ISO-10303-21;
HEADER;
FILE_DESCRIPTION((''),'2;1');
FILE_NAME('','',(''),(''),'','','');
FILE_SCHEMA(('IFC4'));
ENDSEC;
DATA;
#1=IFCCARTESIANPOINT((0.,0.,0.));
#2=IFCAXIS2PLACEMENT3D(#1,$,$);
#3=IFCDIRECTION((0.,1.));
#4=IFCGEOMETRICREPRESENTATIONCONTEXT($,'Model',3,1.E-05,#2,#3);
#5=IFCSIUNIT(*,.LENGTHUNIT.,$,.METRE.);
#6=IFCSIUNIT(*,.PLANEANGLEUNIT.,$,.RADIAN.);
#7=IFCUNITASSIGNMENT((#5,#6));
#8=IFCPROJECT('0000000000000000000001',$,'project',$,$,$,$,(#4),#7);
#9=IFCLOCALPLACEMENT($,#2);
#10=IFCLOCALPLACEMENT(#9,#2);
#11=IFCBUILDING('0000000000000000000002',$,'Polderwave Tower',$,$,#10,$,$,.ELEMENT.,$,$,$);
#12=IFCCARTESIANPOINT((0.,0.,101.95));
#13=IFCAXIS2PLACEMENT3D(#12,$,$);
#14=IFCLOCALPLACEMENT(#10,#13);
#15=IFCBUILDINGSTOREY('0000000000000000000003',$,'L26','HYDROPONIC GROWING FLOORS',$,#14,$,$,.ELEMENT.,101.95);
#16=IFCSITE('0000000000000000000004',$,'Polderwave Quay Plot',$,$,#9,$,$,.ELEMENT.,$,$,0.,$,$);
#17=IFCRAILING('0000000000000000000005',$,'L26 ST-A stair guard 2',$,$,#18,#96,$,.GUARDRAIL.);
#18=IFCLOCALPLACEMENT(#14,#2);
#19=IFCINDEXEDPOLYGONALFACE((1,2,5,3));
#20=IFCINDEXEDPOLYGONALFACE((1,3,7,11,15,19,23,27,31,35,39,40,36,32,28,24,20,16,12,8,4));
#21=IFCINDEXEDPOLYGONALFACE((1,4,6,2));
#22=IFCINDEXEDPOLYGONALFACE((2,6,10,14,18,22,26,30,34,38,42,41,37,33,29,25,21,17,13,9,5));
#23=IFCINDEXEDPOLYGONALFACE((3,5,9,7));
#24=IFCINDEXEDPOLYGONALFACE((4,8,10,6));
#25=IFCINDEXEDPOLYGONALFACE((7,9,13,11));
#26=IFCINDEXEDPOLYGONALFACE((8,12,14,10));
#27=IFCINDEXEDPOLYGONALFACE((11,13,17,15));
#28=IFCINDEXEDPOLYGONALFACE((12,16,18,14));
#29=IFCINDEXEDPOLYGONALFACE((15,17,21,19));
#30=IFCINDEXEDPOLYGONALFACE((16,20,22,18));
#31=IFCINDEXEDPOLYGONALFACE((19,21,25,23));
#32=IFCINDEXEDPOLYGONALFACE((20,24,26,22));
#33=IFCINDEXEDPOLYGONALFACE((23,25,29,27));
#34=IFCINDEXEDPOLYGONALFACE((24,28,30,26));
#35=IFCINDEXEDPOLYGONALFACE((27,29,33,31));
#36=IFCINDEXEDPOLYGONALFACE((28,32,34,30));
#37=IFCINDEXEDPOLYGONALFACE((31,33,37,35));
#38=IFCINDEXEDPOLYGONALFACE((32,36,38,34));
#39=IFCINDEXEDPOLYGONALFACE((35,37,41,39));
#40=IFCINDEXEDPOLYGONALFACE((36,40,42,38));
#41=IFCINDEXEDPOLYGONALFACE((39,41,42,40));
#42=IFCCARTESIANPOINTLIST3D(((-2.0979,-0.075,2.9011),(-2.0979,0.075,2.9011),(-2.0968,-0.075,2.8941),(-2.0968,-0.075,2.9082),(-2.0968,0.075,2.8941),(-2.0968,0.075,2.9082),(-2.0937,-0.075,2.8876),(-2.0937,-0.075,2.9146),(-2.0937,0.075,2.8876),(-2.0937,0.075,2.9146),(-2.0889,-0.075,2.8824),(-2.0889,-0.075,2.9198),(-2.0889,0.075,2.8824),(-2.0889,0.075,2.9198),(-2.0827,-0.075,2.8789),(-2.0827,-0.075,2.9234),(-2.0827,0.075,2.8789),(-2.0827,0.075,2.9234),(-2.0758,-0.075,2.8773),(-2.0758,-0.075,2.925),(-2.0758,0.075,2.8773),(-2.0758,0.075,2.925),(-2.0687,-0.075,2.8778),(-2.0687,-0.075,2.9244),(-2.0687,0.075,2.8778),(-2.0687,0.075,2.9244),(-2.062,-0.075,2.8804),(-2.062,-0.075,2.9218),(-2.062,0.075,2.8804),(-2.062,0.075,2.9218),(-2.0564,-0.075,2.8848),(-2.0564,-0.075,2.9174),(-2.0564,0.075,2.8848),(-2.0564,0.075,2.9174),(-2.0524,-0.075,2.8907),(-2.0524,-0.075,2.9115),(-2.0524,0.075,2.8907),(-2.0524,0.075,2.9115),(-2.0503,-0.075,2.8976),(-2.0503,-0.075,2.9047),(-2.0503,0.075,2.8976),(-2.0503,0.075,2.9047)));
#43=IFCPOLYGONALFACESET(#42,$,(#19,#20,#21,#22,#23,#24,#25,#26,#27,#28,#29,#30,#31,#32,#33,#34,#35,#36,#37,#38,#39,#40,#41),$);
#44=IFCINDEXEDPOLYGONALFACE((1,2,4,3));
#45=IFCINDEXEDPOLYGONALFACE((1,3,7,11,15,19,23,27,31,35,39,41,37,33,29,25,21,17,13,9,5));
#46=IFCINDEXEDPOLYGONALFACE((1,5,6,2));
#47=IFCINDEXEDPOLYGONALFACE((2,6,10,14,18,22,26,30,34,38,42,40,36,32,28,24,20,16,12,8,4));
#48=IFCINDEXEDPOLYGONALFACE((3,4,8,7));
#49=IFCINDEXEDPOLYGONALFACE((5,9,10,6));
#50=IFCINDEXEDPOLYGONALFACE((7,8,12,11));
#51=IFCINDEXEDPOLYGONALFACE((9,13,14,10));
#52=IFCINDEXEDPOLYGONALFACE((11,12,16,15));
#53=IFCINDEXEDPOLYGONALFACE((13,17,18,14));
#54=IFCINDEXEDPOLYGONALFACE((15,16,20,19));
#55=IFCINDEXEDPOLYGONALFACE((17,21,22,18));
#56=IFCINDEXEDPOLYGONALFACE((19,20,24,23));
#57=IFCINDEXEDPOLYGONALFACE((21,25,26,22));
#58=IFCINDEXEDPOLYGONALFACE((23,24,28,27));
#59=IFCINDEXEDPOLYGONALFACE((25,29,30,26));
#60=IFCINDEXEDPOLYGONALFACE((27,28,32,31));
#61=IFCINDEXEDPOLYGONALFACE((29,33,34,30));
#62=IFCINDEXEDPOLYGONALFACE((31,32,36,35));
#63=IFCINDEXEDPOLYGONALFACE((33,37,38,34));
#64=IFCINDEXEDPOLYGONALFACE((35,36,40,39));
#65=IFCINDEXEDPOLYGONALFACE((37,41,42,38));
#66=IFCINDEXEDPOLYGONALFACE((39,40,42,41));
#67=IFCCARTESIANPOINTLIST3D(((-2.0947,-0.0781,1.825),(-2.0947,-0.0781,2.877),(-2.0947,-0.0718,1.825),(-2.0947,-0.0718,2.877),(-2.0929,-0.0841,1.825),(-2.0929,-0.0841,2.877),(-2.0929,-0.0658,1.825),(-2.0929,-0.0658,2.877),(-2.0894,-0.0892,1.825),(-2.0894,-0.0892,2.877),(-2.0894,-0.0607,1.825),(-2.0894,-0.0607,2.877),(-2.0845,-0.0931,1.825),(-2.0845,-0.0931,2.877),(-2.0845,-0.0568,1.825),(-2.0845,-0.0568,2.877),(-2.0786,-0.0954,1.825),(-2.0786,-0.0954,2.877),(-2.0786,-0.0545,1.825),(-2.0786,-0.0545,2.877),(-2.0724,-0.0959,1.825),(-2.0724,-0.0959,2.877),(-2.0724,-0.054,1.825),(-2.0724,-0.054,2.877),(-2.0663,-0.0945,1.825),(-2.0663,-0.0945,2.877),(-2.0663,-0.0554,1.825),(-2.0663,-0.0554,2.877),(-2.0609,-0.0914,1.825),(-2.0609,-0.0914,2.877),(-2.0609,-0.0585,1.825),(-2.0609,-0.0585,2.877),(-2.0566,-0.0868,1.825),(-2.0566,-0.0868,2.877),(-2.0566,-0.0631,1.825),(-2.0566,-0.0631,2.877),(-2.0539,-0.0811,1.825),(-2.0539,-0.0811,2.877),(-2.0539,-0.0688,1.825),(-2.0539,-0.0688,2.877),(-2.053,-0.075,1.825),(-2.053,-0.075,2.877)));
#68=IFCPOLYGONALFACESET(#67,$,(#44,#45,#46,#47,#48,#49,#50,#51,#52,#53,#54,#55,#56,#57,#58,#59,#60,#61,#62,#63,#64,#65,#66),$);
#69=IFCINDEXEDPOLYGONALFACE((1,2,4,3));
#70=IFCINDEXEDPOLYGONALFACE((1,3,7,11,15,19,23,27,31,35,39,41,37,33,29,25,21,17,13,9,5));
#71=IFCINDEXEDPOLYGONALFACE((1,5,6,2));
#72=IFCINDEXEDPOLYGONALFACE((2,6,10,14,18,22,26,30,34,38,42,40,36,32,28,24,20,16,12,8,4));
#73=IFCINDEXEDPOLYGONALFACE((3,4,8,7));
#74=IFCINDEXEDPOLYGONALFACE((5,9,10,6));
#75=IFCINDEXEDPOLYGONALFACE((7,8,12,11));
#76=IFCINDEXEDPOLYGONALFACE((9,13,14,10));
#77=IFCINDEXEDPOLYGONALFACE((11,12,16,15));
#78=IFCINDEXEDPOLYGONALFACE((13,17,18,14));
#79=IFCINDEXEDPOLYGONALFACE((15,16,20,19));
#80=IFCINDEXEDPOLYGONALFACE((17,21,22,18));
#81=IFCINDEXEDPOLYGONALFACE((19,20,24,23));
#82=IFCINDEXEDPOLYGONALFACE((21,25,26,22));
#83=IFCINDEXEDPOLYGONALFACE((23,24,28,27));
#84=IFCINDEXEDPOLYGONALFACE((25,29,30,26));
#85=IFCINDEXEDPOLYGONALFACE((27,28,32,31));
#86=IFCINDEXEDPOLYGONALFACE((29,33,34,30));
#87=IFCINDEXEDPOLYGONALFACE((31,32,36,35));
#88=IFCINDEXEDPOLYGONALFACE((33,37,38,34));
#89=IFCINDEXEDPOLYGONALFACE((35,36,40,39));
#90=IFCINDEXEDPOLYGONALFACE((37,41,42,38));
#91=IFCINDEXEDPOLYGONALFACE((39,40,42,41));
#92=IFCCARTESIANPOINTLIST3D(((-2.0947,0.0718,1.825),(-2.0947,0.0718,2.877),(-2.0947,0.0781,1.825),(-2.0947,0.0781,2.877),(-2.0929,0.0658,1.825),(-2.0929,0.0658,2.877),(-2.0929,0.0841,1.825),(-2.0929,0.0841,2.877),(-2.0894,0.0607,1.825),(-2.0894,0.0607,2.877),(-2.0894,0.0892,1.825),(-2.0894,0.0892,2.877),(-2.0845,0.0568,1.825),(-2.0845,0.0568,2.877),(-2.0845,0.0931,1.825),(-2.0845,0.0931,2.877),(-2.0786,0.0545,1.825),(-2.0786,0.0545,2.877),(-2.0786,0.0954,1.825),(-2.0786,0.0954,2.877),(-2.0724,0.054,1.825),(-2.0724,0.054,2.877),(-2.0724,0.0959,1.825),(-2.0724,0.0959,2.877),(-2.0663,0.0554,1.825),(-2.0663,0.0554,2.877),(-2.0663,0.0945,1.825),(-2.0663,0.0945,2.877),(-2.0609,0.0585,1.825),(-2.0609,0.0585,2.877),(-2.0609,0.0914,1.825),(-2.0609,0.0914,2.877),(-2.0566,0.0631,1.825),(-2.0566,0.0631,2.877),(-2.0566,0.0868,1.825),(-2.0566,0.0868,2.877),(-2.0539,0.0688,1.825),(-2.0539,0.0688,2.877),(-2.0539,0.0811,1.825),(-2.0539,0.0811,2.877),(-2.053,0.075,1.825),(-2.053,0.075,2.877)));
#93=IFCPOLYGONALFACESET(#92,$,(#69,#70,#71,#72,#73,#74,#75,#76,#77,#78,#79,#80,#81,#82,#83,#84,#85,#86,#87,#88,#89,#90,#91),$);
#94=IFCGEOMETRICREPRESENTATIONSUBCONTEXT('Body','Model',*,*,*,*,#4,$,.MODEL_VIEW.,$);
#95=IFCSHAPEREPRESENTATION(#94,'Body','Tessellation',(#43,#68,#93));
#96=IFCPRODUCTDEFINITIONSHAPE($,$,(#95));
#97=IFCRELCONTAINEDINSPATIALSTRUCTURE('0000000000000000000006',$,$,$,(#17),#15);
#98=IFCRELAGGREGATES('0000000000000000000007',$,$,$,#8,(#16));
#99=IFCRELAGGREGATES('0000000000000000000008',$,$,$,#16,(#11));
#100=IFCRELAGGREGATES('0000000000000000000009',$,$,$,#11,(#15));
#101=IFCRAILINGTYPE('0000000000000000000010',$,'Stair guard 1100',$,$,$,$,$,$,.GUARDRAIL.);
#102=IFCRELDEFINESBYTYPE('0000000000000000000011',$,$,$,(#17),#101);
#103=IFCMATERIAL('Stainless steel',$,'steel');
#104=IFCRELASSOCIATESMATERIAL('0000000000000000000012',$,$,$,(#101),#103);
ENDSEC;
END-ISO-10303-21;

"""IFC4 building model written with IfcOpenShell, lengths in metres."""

from ifc_helpers import new_model, si_unit, direction, frame, origin, origin_2d, place, context, subcontext, project, spatial, circle, extrude, material, type_object, element, save


model = new_model("IFC4")

# Units and contexts
model_context = context("Model", 3, precision=1e-05, world=origin(), true_north=direction((0.0, 1.0)))
body_context = subcontext(model_context, "Body", "Model", "MODEL_VIEW")
ifc_project = project(units=[si_unit("LENGTHUNIT", "METRE"), si_unit("PLANEANGLEUNIT", "RADIAN")], contexts=[model_context])

# Site, building, storey
site_placement = place(None, origin())
site = spatial("IfcSite", under=ifc_project, at=site_placement, Name="Polderwave Quay Plot", CompositionType="ELEMENT", RefElevation=0.0)
building_placement = place(site_placement, origin())
building = spatial("IfcBuilding", under=site, at=building_placement, Name="Polderwave Tower", CompositionType="ELEMENT")
storey_placement = place(building_placement, frame((0.0, 0.0, 101.95)))
storey = spatial("IfcBuildingStorey", under=building, at=storey_placement, Name="L26", Description="HYDROPONIC GROWING FLOORS", CompositionType="ELEMENT", Elevation=101.95)

# Railing
ifc_material_1 = material(Name="Stainless steel", Category="steel")
railing_type_1 = type_object("IfcRailingType", Name="Stair guard 1100", PredefinedType="GUARDRAIL", material=ifc_material_1)
railing_1_placement = place(storey_placement, frame((-2.074, -0.075, 1.825)))
element("IfcRailing", 1, at=railing_1_placement, inside=storey, type_object=railing_type_1, Name="L26 ST-A stair guard 2", PredefinedType="GUARDRAIL", context=body_context, shape_type="SweptSolid", body=[
    extrude(circle(Radius=0.0239, at=origin_2d()), frame((0.0, 0.0, 1.0762), z_axis=(0.0, 1.0, 0.0), x_axis=(-1.0, 0.0, 0.0)), (0.0, 0.0, 1.0), 0.1499),
    extrude(circle(Radius=0.021, at=origin_2d()), origin(), (0.0, 0.0, 1.0), 1.052),
    extrude(circle(Radius=0.021, at=origin_2d()), frame((0.0, 0.1499, 0.0)), (0.0, 0.0, 1.0), 1.052),
])

save(model, "model.ifc")
